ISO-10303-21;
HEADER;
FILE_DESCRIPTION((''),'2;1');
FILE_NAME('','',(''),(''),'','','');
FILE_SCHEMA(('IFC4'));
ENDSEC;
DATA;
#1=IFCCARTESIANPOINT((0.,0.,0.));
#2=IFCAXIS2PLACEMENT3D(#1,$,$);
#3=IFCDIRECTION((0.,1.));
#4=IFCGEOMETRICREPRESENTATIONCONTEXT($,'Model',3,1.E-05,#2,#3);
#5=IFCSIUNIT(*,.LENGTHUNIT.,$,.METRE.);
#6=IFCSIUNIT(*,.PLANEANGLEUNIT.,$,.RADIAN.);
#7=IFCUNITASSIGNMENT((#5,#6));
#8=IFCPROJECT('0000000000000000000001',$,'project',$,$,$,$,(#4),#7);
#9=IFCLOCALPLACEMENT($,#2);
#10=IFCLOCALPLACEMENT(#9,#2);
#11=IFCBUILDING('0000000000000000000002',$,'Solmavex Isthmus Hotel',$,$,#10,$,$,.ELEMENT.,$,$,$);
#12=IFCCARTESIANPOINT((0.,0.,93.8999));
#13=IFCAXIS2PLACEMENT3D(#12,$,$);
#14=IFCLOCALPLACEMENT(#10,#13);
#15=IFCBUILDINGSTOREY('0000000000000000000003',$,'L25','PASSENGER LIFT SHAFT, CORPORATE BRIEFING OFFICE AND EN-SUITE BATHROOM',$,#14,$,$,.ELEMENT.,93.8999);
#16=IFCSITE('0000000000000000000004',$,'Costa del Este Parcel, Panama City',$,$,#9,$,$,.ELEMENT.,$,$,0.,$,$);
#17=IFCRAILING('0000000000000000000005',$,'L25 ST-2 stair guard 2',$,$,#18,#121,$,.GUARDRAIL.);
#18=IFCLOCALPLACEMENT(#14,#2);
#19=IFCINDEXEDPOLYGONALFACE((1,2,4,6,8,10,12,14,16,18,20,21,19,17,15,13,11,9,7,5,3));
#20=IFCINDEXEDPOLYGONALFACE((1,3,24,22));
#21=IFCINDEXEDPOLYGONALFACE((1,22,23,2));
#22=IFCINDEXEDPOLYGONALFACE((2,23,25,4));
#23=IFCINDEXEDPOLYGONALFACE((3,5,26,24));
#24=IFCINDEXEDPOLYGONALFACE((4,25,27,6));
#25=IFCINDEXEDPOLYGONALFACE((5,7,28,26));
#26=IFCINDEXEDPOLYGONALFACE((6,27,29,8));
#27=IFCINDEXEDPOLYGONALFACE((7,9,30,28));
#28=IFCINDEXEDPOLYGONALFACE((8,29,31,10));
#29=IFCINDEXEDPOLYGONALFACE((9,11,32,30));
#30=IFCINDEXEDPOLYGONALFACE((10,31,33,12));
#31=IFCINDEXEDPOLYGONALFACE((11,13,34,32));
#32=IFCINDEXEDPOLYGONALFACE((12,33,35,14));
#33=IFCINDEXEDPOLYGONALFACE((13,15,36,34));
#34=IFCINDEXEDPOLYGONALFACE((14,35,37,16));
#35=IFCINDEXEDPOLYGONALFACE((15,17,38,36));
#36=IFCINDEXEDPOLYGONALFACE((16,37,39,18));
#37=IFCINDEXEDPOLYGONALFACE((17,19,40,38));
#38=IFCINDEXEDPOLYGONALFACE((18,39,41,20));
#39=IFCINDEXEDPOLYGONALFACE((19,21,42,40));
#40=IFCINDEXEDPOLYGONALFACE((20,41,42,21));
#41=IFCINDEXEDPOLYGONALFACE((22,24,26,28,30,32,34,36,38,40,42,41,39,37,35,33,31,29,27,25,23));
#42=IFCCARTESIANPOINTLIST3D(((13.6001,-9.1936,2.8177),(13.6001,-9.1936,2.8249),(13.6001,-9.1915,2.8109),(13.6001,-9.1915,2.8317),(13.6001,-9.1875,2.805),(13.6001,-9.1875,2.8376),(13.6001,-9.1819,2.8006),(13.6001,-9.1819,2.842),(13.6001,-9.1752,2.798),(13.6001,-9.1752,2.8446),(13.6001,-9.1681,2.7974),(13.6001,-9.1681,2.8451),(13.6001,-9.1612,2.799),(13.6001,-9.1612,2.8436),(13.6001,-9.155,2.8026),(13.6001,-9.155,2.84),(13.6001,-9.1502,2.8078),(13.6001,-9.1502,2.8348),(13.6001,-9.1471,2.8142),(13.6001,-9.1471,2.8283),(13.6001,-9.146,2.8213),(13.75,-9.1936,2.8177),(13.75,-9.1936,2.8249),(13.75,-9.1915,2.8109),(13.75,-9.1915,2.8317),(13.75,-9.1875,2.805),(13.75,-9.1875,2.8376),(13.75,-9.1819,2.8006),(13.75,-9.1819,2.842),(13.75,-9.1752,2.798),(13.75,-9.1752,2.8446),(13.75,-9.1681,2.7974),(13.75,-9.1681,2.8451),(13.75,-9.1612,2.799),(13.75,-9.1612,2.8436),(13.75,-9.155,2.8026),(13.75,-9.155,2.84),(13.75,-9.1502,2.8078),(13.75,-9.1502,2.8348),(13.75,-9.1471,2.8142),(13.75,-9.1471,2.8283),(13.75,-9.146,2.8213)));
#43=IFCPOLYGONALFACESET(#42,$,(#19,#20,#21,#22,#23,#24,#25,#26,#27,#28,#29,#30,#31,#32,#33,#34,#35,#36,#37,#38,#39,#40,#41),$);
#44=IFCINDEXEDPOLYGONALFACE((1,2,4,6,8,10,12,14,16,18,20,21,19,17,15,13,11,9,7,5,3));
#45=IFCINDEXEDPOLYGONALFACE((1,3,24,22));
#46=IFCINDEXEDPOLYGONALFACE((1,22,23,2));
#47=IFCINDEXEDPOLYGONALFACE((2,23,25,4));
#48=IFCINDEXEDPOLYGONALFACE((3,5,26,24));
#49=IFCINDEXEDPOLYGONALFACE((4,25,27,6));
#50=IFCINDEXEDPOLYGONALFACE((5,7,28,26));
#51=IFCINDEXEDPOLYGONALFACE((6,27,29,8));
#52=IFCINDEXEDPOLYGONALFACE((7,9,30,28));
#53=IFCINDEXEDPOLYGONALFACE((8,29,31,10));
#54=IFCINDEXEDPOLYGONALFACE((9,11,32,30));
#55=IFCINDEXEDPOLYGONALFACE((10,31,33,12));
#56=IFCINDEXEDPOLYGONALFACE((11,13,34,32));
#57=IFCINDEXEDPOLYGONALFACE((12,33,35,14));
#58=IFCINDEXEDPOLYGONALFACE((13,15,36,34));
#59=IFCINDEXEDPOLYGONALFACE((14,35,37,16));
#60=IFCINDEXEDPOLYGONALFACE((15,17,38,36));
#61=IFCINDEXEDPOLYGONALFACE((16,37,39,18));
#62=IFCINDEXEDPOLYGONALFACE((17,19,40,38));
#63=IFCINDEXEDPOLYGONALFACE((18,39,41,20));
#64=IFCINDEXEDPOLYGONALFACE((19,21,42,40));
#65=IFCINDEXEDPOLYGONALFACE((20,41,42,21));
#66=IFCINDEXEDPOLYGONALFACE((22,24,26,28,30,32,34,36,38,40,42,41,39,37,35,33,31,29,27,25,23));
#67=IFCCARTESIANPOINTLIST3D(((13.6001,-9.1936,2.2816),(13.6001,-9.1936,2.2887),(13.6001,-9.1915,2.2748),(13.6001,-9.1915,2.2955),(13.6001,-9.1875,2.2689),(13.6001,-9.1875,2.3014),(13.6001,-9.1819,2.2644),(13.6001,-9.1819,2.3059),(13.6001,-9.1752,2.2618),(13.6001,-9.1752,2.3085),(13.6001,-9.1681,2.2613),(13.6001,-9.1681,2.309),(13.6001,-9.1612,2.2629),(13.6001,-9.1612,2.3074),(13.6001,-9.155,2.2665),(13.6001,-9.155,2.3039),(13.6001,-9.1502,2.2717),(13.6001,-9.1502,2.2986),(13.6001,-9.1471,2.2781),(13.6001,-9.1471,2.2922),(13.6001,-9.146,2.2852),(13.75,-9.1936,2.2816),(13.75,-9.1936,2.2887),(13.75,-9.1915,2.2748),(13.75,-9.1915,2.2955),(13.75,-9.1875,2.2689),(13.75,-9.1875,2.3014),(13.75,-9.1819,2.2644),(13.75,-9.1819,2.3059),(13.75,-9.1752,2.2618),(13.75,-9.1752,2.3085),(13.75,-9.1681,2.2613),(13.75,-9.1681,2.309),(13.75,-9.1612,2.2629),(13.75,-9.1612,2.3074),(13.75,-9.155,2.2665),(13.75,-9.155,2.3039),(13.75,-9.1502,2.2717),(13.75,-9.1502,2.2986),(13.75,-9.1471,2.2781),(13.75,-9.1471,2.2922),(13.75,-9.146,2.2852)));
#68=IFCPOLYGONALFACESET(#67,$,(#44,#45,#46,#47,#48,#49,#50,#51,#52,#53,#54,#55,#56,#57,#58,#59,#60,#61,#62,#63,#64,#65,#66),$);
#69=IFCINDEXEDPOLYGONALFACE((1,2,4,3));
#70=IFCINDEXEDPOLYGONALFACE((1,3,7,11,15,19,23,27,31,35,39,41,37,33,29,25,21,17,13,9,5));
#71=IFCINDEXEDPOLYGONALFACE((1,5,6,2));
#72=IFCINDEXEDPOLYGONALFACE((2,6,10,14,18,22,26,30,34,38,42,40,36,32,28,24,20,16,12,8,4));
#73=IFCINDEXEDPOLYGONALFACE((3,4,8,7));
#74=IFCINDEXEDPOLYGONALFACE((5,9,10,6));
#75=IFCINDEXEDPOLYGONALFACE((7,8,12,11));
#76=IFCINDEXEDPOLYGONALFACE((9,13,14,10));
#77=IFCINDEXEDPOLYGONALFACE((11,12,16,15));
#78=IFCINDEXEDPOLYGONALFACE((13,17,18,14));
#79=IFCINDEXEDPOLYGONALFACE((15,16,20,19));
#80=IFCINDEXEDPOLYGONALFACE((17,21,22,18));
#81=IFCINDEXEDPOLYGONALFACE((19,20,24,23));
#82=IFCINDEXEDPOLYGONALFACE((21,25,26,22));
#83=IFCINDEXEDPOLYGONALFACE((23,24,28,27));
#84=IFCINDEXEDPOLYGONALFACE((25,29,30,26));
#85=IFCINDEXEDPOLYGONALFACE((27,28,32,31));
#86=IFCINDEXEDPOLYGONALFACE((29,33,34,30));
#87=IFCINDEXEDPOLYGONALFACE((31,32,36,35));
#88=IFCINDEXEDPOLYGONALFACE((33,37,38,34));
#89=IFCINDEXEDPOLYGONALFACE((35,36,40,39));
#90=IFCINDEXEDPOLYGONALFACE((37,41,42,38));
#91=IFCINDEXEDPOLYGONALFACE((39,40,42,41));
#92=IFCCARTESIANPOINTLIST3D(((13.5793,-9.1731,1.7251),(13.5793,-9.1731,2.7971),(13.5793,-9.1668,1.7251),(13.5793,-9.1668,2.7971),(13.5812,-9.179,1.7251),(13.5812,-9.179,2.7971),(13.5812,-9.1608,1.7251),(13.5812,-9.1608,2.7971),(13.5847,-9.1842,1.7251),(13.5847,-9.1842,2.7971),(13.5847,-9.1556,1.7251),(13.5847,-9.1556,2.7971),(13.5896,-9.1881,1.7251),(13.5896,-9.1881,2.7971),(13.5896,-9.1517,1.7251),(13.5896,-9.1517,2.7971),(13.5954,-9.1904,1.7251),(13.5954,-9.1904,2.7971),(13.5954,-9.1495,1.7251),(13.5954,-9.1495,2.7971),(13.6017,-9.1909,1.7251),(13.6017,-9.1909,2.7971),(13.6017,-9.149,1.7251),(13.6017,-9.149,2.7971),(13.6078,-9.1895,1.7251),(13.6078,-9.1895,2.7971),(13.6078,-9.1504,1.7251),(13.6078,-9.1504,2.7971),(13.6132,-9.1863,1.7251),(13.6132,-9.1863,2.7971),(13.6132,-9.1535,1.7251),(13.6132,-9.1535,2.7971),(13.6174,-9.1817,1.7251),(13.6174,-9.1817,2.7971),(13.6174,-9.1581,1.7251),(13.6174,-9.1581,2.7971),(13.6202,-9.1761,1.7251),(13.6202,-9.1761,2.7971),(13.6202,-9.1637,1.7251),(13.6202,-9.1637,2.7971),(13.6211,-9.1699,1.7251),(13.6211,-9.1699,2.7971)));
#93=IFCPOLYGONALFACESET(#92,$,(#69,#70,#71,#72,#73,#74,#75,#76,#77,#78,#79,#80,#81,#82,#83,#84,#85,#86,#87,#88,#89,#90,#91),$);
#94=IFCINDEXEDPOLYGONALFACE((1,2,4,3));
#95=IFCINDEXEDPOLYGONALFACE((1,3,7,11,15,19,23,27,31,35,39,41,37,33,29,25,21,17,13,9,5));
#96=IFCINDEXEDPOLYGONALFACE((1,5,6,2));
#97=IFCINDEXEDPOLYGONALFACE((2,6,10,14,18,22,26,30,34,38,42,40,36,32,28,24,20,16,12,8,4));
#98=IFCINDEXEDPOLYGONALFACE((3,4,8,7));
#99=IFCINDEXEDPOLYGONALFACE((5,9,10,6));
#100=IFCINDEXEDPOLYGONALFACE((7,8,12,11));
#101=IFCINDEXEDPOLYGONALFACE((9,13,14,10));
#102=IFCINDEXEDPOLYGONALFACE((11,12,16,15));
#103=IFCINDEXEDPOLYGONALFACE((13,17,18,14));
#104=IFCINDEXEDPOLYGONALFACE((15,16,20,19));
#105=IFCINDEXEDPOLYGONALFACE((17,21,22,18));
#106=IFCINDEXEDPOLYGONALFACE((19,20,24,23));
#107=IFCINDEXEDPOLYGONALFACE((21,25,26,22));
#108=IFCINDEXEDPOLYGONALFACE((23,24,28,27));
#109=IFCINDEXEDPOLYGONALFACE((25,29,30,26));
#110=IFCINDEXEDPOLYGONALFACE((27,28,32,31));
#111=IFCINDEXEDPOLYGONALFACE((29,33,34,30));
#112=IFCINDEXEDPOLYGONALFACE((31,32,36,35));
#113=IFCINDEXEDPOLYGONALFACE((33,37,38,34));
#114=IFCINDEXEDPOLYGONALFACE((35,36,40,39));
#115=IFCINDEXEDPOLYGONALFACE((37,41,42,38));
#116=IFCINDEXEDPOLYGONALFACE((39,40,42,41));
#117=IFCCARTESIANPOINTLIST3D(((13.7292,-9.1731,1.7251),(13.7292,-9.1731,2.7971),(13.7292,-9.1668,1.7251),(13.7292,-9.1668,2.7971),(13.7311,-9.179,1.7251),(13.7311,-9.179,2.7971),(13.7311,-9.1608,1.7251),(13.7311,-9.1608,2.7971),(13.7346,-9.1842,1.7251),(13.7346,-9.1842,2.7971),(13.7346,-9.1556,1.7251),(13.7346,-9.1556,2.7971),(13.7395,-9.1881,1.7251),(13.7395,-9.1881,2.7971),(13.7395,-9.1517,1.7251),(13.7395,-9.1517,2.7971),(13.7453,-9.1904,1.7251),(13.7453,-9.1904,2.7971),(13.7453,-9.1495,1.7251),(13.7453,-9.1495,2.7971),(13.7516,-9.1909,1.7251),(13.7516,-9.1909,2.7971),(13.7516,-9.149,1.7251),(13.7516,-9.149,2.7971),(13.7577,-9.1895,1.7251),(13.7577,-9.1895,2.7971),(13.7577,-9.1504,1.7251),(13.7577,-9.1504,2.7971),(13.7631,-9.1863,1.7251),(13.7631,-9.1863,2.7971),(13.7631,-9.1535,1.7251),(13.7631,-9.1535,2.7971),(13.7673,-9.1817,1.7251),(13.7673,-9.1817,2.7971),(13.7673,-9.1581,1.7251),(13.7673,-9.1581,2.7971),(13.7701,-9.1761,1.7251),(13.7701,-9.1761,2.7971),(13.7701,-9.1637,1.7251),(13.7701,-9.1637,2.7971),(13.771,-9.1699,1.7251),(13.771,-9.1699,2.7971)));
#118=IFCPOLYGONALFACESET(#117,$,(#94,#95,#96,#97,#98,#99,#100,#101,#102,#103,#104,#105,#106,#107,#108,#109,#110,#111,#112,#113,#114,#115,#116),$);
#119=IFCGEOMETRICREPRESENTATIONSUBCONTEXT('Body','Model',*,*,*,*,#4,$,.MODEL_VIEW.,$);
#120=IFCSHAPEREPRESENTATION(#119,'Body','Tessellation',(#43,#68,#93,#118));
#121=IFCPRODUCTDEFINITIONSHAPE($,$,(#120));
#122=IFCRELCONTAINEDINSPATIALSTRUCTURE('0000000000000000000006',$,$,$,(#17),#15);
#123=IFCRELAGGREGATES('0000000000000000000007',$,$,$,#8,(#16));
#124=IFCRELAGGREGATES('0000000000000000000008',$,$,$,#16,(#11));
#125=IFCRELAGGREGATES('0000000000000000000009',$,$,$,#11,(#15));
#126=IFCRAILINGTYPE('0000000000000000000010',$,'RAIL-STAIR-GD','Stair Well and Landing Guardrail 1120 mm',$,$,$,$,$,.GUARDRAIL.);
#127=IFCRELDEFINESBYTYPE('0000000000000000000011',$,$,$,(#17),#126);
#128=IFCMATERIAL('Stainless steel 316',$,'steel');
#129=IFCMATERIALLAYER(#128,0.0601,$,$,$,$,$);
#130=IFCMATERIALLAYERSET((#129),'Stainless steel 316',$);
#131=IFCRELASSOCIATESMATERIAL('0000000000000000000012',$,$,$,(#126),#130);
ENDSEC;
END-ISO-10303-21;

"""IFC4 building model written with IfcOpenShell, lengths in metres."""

from ifc_helpers import new_model, si_unit, direction, frame, origin, origin_2d, place, context, subcontext, project, spatial, circle, extrude, material, layer, layer_set, type_object, element, save


model = new_model("IFC4")

# Units and contexts
model_context = context("Model", 3, precision=1e-05, world=origin(), true_north=direction((0.0, 1.0)))
body_context = subcontext(model_context, "Body", "Model", "MODEL_VIEW")
ifc_project = project(units=[si_unit("LENGTHUNIT", "METRE"), si_unit("PLANEANGLEUNIT", "RADIAN")], contexts=[model_context])

# Site, building, storey
site_placement = place(None, origin())
site = spatial("IfcSite", under=ifc_project, at=site_placement, Name="Costa del Este Parcel, Panama City", CompositionType="ELEMENT", RefElevation=0.0)
building_placement = place(site_placement, origin())
building = spatial("IfcBuilding", under=site, at=building_placement, Name="Solmavex Isthmus Hotel", CompositionType="ELEMENT")
storey_placement = place(building_placement, frame((0.0, 0.0, 93.8999)))
storey = spatial("IfcBuildingStorey", under=building, at=storey_placement, Name="L25", Description="PASSENGER LIFT SHAFT, CORPORATE BRIEFING OFFICE AND EN-SUITE BATHROOM", CompositionType="ELEMENT", Elevation=93.8999)

# Shared definitions
ifc_material_1 = material(Name="Stainless steel 316", Category="steel")

# Railing
ifc_layer_1 = layer(ifc_material_1, 0.0601)
ifc_layer_set_1 = layer_set([ifc_layer_1], Name="Stainless steel 316")
railing_type_1 = type_object("IfcRailingType", Name="RAIL-STAIR-GD", Description="Stair Well and Landing Guardrail 1120 mm", PredefinedType="GUARDRAIL", material=ifc_layer_set_1)
railing_1_placement = place(storey_placement, frame((13.6001, -9.1699, 1.7251)))
element("IfcRailing", 1, at=railing_1_placement, inside=storey, type_object=railing_type_1, Name="L25 ST-2 stair guard 2", PredefinedType="GUARDRAIL", context=body_context, shape_type="SweptSolid", body=[
    extrude(circle(Radius=0.0239, at=origin_2d()), frame((0.0, 0.0, 1.0962), z_axis=(1.0, 0.0, 0.0), x_axis=(0.0, 1.0, 0.0)), (0.0, 0.0, 1.0), 0.1499),
    extrude(circle(Radius=0.0239, at=origin_2d()), frame((0.0, 0.0, 0.5601), z_axis=(1.0, 0.0, 0.0), x_axis=(0.0, 1.0, 0.0)), (0.0, 0.0, 1.0), 0.1499),
    extrude(circle(Radius=0.021, at=origin_2d()), origin(), (0.0, 0.0, 1.0), 1.072),
    extrude(circle(Radius=0.021, at=origin_2d()), frame((0.1499, 0.0, 0.0)), (0.0, 0.0, 1.0), 1.072),
])

save(model, "model.ifc")
